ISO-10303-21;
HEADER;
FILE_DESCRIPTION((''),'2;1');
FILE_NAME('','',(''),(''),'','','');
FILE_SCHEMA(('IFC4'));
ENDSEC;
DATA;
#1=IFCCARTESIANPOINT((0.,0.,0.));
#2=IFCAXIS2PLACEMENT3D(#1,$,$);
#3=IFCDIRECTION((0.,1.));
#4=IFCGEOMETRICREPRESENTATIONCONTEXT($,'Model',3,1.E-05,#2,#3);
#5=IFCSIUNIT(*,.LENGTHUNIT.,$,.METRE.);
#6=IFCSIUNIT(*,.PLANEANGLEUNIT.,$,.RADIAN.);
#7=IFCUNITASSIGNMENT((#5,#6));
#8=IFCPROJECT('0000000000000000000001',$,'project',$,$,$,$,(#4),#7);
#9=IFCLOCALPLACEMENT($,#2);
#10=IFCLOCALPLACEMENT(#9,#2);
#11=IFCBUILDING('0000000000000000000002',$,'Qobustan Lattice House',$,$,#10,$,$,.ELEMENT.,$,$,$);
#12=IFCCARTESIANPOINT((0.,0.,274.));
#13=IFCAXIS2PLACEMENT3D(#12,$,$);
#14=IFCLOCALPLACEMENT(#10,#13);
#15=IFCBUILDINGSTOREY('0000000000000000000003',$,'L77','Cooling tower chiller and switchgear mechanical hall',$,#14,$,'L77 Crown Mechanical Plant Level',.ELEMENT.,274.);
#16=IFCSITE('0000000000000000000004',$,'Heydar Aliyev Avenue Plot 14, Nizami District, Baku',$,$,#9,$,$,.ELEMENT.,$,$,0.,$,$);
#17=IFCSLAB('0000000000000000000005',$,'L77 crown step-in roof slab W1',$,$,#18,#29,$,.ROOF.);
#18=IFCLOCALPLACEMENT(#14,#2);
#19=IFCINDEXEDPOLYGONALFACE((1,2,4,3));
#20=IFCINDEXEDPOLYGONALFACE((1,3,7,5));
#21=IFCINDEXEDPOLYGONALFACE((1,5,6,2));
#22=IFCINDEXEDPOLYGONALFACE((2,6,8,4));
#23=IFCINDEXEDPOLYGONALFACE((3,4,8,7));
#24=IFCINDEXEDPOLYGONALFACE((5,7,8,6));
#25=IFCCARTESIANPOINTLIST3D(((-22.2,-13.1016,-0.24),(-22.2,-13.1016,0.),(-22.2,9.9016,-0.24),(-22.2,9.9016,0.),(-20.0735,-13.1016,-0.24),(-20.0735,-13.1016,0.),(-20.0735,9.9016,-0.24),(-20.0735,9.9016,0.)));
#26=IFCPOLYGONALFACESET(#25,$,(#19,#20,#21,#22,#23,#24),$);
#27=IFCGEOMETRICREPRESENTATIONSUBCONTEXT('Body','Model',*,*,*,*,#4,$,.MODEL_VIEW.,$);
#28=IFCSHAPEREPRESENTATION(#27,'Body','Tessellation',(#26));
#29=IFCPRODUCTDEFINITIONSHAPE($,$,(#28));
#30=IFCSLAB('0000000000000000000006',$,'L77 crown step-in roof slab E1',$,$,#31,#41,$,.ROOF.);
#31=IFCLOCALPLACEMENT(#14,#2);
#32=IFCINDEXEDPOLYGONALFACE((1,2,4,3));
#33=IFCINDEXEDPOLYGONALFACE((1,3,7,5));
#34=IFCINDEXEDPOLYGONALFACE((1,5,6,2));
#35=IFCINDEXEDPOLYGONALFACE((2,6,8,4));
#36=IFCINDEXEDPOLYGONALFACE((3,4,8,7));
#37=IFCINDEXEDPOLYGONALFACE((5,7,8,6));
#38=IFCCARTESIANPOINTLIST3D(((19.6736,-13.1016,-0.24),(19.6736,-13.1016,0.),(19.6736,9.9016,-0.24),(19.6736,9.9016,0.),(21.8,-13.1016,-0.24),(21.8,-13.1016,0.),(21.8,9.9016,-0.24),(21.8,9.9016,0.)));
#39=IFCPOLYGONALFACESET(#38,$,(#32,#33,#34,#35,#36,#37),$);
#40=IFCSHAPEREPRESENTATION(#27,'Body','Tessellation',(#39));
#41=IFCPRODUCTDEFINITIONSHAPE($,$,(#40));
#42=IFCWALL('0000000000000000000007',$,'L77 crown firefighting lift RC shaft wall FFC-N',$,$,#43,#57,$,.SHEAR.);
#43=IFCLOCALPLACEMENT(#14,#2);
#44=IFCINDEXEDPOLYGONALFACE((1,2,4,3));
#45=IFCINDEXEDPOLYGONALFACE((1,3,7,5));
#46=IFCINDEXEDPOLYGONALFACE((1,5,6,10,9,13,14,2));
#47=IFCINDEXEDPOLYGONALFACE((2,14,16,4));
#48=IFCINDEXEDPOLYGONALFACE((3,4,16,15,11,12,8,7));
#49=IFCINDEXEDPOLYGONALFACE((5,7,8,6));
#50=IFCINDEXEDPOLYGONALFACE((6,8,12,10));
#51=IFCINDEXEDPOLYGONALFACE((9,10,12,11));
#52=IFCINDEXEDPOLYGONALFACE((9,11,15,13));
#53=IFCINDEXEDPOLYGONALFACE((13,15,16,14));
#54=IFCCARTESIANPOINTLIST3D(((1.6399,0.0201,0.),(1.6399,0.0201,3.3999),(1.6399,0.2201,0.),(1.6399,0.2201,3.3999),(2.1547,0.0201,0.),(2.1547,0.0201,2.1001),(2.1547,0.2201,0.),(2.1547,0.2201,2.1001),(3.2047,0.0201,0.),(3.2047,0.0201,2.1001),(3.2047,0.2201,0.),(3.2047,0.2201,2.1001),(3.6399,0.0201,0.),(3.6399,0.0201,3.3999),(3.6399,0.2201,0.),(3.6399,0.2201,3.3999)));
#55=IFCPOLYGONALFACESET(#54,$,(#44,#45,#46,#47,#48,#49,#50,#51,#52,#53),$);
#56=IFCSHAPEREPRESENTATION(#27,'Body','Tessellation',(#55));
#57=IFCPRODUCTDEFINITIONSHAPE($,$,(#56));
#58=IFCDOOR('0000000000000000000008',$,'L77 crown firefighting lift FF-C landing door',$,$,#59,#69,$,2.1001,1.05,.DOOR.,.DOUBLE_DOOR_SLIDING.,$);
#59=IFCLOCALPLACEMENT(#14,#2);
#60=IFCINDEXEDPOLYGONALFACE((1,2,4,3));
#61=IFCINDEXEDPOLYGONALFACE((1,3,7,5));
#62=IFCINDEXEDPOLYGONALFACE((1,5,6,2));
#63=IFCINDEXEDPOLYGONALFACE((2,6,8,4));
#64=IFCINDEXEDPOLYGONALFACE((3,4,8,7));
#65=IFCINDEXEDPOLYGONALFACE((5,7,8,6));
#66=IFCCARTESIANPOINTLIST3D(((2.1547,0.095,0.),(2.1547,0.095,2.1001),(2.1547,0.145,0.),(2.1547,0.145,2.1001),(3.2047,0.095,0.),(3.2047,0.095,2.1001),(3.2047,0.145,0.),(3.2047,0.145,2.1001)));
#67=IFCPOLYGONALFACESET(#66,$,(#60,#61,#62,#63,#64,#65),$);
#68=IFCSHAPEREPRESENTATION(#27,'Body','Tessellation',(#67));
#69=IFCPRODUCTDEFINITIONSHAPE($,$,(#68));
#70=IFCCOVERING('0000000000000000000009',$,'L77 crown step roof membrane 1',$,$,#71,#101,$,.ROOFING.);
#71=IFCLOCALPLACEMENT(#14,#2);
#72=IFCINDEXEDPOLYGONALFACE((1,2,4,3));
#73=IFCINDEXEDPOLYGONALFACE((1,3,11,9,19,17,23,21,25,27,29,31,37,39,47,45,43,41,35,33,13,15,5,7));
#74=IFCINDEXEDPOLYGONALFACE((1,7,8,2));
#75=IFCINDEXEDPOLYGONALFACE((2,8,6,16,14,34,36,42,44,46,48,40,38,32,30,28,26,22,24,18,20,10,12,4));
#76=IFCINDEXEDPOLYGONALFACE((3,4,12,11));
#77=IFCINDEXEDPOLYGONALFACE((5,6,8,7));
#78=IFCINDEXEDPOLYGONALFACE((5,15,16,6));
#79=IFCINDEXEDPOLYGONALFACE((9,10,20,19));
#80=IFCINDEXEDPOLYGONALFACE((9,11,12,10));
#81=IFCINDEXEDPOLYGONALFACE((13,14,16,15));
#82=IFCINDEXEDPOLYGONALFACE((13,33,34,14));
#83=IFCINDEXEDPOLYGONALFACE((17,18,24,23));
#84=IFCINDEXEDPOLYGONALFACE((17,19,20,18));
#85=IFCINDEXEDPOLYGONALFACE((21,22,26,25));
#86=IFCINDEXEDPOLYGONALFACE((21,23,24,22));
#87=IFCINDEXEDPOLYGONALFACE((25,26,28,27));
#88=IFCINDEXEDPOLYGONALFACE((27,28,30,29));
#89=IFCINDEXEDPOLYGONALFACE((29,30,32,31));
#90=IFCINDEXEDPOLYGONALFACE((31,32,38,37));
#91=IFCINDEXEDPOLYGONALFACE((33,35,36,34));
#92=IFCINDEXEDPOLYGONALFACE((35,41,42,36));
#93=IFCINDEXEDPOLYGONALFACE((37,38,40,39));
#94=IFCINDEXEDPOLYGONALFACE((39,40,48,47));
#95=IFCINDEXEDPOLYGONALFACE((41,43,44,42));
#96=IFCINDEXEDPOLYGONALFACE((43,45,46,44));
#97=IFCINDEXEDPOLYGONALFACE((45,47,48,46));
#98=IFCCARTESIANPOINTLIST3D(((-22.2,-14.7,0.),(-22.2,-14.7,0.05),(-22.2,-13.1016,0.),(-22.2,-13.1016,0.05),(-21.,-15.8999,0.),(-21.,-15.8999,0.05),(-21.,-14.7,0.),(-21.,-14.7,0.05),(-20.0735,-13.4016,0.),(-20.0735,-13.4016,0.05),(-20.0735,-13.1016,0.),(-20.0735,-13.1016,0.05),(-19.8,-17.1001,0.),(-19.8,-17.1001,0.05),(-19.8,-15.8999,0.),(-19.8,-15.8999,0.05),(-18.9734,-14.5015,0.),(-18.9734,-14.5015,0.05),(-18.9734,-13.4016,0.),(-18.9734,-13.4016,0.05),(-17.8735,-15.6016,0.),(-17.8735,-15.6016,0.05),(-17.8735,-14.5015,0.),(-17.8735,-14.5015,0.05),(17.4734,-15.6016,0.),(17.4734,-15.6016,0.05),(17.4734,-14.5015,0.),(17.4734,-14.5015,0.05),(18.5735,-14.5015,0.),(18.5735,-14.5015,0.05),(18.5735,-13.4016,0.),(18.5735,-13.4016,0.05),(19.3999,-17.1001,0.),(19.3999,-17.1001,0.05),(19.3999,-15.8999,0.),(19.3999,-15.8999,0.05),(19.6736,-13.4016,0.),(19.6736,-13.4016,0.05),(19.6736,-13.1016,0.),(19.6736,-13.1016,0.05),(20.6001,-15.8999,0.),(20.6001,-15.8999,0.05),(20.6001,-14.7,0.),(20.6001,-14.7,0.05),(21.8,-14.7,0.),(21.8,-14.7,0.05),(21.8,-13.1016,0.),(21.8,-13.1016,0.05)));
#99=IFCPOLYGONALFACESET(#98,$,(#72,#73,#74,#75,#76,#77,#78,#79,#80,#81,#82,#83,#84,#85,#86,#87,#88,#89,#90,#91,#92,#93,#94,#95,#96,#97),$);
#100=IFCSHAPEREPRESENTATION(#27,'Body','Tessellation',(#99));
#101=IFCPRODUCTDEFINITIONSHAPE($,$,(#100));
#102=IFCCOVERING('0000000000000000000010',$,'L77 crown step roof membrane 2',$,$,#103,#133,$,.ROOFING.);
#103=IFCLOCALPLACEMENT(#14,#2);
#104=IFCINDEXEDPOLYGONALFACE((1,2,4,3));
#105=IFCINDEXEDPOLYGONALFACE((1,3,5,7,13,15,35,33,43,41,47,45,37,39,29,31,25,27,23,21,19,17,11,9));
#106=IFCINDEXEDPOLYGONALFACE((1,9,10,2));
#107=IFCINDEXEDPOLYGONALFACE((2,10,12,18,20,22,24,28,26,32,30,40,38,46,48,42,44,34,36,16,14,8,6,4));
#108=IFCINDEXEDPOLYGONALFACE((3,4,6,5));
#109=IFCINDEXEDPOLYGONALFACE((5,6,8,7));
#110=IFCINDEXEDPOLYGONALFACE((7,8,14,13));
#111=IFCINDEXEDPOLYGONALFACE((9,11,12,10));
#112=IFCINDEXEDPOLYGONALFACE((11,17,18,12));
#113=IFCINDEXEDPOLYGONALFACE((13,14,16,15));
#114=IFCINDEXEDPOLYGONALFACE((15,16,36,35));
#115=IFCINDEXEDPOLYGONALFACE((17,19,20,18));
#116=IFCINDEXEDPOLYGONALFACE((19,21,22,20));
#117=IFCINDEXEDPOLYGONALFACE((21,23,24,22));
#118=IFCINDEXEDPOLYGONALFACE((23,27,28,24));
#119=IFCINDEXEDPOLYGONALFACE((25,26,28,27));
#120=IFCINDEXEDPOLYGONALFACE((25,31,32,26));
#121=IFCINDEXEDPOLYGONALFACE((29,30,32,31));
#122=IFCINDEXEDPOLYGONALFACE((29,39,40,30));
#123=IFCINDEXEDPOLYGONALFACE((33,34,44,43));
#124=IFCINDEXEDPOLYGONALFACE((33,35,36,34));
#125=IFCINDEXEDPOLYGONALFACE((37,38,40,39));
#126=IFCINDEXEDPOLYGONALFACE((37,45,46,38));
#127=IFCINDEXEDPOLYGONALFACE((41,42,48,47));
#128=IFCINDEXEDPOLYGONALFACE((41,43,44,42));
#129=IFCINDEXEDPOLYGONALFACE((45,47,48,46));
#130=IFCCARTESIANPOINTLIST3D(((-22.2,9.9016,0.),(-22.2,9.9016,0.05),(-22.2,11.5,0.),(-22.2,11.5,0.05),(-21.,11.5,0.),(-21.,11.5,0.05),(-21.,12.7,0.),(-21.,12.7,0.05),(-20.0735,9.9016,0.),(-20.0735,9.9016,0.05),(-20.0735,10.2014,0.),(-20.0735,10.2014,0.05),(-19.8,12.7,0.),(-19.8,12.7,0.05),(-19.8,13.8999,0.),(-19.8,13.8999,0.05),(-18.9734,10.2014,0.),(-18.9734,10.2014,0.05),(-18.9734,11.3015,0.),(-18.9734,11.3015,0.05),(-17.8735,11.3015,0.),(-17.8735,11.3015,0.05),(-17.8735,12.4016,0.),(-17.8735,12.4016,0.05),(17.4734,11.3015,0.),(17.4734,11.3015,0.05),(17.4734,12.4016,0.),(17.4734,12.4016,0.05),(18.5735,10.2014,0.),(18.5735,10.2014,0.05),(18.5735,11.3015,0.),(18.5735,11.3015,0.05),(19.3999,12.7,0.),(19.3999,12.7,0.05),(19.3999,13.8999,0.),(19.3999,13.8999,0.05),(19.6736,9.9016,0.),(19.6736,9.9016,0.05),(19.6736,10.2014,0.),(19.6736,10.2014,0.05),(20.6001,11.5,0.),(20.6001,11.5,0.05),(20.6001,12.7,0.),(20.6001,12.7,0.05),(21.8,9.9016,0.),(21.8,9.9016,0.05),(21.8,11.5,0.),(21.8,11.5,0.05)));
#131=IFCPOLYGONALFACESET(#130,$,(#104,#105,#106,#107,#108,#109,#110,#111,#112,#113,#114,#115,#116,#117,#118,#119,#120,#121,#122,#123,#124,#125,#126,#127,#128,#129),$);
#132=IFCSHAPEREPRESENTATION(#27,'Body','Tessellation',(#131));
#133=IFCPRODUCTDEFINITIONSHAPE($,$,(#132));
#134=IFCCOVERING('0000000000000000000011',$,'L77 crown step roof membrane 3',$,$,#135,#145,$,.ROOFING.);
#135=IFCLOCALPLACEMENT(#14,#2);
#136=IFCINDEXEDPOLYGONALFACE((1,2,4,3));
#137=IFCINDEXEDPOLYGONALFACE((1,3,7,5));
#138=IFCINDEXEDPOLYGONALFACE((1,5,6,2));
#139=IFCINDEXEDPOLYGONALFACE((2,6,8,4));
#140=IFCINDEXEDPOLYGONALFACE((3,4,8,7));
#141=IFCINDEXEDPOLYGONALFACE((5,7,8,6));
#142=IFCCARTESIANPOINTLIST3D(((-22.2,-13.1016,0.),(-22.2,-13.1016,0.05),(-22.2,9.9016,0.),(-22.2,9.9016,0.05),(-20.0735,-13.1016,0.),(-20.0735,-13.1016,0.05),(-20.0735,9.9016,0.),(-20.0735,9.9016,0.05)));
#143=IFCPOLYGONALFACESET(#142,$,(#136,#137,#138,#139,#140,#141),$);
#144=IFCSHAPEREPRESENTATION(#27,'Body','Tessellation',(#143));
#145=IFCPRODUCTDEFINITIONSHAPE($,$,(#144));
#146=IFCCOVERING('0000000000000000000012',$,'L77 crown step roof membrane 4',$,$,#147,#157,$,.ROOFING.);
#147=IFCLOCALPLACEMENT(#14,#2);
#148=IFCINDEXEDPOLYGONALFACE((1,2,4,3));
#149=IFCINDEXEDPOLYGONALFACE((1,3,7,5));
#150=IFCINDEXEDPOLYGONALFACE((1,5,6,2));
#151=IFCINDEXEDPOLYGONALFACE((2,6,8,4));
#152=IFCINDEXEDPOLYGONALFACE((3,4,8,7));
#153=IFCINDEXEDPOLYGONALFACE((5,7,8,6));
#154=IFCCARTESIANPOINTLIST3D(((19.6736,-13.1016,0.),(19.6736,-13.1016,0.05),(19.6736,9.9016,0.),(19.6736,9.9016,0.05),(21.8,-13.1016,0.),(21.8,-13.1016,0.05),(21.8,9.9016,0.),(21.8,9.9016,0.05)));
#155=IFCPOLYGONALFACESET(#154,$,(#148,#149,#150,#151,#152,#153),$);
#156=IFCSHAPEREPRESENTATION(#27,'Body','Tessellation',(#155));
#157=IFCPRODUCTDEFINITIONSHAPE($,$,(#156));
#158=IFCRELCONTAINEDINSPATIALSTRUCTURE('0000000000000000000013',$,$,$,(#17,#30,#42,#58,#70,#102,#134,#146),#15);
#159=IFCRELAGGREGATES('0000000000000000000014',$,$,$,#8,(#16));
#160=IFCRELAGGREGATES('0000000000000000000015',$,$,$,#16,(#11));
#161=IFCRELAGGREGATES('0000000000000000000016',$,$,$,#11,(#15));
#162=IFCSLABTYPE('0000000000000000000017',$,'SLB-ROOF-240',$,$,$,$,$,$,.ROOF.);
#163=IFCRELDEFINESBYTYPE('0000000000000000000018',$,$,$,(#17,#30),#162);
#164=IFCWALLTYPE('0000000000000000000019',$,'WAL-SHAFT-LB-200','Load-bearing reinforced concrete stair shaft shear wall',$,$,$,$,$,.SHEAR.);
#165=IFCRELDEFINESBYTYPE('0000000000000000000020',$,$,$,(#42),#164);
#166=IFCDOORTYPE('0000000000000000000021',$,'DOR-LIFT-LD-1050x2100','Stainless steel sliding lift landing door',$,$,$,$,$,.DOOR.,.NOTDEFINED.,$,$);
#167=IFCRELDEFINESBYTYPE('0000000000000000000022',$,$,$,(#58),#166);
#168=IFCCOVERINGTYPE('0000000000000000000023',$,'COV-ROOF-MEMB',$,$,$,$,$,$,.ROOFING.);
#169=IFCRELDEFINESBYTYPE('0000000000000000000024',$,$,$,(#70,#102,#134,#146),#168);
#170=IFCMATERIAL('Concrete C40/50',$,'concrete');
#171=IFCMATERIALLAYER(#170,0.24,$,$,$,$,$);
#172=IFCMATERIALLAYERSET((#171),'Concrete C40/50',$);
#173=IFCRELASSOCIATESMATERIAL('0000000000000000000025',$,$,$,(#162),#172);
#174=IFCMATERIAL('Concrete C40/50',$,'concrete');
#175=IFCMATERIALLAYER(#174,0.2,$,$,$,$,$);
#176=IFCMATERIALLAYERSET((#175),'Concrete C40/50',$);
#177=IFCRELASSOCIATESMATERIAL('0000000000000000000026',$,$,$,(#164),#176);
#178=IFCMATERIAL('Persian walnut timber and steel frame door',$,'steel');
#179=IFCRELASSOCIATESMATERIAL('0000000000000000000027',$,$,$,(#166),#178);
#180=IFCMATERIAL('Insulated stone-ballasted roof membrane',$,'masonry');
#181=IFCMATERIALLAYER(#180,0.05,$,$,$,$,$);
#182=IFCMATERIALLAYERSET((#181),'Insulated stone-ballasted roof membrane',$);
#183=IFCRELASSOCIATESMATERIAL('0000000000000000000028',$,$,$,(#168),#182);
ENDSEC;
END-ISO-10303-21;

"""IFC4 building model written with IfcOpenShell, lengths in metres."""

from ifc_helpers import new_model, si_unit, direction, frame, frame_2d, origin, place, context, subcontext, project, spatial, polyline, rectangle, outline, extrude, material, layer, layer_set, type_object, element, fill, save


model = new_model("IFC4")

# Units and contexts
model_context = context("Model", 3, precision=1e-05, world=origin(), true_north=direction((0.0, 1.0)))
body_context = subcontext(model_context, "Body", "Model", "MODEL_VIEW")
ifc_project = project(units=[si_unit("LENGTHUNIT", "METRE"), si_unit("PLANEANGLEUNIT", "RADIAN")], contexts=[model_context])

# Site, building, storey
site_placement = place(None, origin())
site = spatial("IfcSite", under=ifc_project, at=site_placement, Name="Heydar Aliyev Avenue Plot 14, Nizami District, Baku", CompositionType="ELEMENT", RefElevation=0.0)
building_placement = place(site_placement, origin())
building = spatial("IfcBuilding", under=site, at=building_placement, Name="Qobustan Lattice House", CompositionType="ELEMENT")
storey_placement = place(building_placement, frame((0.0, 0.0, 274.0)))
storey = spatial("IfcBuildingStorey", under=building, at=storey_placement, Name="L77", Description="Cooling tower chiller and switchgear mechanical hall", LongName="L77 Crown Mechanical Plant Level", CompositionType="ELEMENT", Elevation=274.0)

# Slabs
ifc_material_1 = material(Name="Concrete C40/50", Category="concrete")
ifc_layer_1 = layer(ifc_material_1, 0.24)
ifc_layer_set_1 = layer_set([ifc_layer_1], Name="Concrete C40/50")
slab_type_1 = type_object("IfcSlabType", Name="SLB-ROOF-240", PredefinedType="ROOF", material=ifc_layer_set_1)
slab_1_placement = place(storey_placement, frame((0.0, 0.0, -0.24)))
element("IfcSlab", 1, at=slab_1_placement, inside=storey, type_object=slab_type_1, Name="L77 crown step-in roof slab W1", PredefinedType="ROOF", context=body_context, shape_type="SweptSolid", body=[
    extrude(outline(polyline([(-22.2, -13.1016), (-20.0735, -13.1016), (-20.0735, 9.9016), (-22.2, 9.9016), (-22.2, -13.1016)])), origin(), (0.0, 0.0, 1.0), 0.24),
])
slab_2_placement = place(storey_placement, frame((0.0, 0.0, -0.24)))
element("IfcSlab", 2, at=slab_2_placement, inside=storey, type_object=slab_type_1, Name="L77 crown step-in roof slab E1", PredefinedType="ROOF", context=body_context, shape_type="SweptSolid", body=[
    extrude(outline(polyline([(21.8, 9.9016), (19.6736, 9.9016), (19.6736, -13.1016), (21.8, -13.1016), (21.8, 9.9016)])), origin(), (0.0, 0.0, 1.0), 0.24),
])

# Wall, opening, door
ifc_material_2 = material(Name="Concrete C40/50", Category="concrete")
ifc_layer_2 = layer(ifc_material_2, 0.2)
ifc_layer_set_2 = layer_set([ifc_layer_2], Name="Concrete C40/50")
wall_type = type_object("IfcWallType", Name="WAL-SHAFT-LB-200", Description="Load-bearing reinforced concrete stair shaft shear wall", PredefinedType="SHEAR", material=ifc_layer_set_2)
wall_placement = place(storey_placement, frame((1.6399, 0.1201, 0.0), z_axis=(0.0, 0.0, 1.0), x_axis=(1.0, 0.0, 0.0)))
wall = element("IfcWall", 3, at=wall_placement, inside=storey, type_object=wall_type, Name="L77 crown firefighting lift RC shaft wall FFC-N", PredefinedType="SHEAR", context=body_context, shape_type="SweptSolid", body=[
    extrude(rectangle(XDim=2.0, YDim=0.2, at=frame_2d((1.0, 0.0))), origin(), (0.0, 0.0, 1.0), 3.3999),
])
opening_placement = place(wall_placement, frame((0.5149, 0.0, 0.0)))
opening = element("IfcOpeningElement", 4, at=opening_placement, cuts=wall, PredefinedType="OPENING", context=body_context, shape_type="SweptSolid", body=[
    extrude(rectangle(XDim=1.05, YDim=2.1001, at=frame_2d((0.5249, 1.05))), frame((0.0, 0.1099, 0.0), z_axis=(0.0, -1.0, 0.0), x_axis=(1.0, 0.0, 0.0)), (0.0, 0.0, 1.0), 0.22),
])
ifc_material_3 = material(Name="Persian walnut timber and steel frame door", Category="steel")
door_type = type_object("IfcDoorType", Name="DOR-LIFT-LD-1050x2100", Description="Stainless steel sliding lift landing door", OperationType="NOTDEFINED", PredefinedType="DOOR", material=ifc_material_3)
door_placement = place(opening_placement, origin())
door = element("IfcDoor", 5, at=door_placement, inside=storey, type_object=door_type, Name="L77 crown firefighting lift FF-C landing door", OperationType="DOUBLE_DOOR_SLIDING", OverallHeight=2.1001, OverallWidth=1.05, PredefinedType="DOOR", context=body_context, shape_type="SweptSolid", body=[
    extrude(rectangle(XDim=1.05, YDim=2.1001, at=frame_2d((0.5249, 1.05))), frame((0.0, 0.0249, 0.0), z_axis=(0.0, -1.0, 0.0), x_axis=(1.0, 0.0, 0.0)), (0.0, 0.0, 1.0), 0.05),
])
fill(opening, door)

# Coverings
ifc_material_4 = material(Name="Insulated stone-ballasted roof membrane", Category="masonry")
ifc_layer_3 = layer(ifc_material_4, 0.05)
ifc_layer_set_3 = layer_set([ifc_layer_3], Name="Insulated stone-ballasted roof membrane")
covering_type = type_object("IfcCoveringType", Name="COV-ROOF-MEMB", PredefinedType="ROOFING", material=ifc_layer_set_3)
covering_1_placement = place(storey_placement, origin())
element("IfcCovering", 6, at=covering_1_placement, inside=storey, type_object=covering_type, Name="L77 crown step roof membrane 1", PredefinedType="ROOFING", context=body_context, shape_type="SweptSolid", body=[
    extrude(outline(polyline([(-19.8, -15.8999), (-19.8, -17.1001), (19.3999, -17.1001), (19.3999, -15.8999), (20.6001, -15.8999), (20.6001, -14.7), (21.8, -14.7), (21.8, -13.1016), (19.6736, -13.1016), (19.6736, -13.4016), (18.5735, -13.4016), (18.5735, -14.5015), (17.4734, -14.5015), (17.4734, -15.6016), (-17.8735, -15.6016), (-17.8735, -14.5015), (-18.9734, -14.5015), (-18.9734, -13.4016), (-20.0735, -13.4016), (-20.0735, -13.1016), (-22.2, -13.1016), (-22.2, -14.7), (-21.0, -14.7), (-21.0, -15.8999), (-19.8, -15.8999)])), origin(), (0.0, 0.0, 1.0), 0.05),
])
covering_2_placement = place(storey_placement, origin())
element("IfcCovering", 7, at=covering_2_placement, inside=storey, type_object=covering_type, Name="L77 crown step roof membrane 2", PredefinedType="ROOFING", context=body_context, shape_type="SweptSolid", body=[
    extrude(outline(polyline([(-22.2, 9.9016), (-20.0735, 9.9016), (-20.0735, 10.2014), (-18.9734, 10.2014), (-18.9734, 11.3015), (-17.8735, 11.3015), (-17.8735, 12.4016), (17.4734, 12.4016), (17.4734, 11.3015), (18.5735, 11.3015), (18.5735, 10.2014), (19.6736, 10.2014), (19.6736, 9.9016), (21.8, 9.9016), (21.8, 11.5), (20.6001, 11.5), (20.6001, 12.7), (19.3999, 12.7), (19.3999, 13.8999), (-19.8, 13.8999), (-19.8, 12.7), (-21.0, 12.7), (-21.0, 11.5), (-22.2, 11.5), (-22.2, 9.9016)])), origin(), (0.0, 0.0, 1.0), 0.05),
])
covering_3_placement = place(storey_placement, origin())
element("IfcCovering", 8, at=covering_3_placement, inside=storey, type_object=covering_type, Name="L77 crown step roof membrane 3", PredefinedType="ROOFING", context=body_context, shape_type="SweptSolid", body=[
    extrude(outline(polyline([(-22.2, -13.1016), (-20.0735, -13.1016), (-20.0735, 9.9016), (-22.2, 9.9016), (-22.2, -13.1016)])), origin(), (0.0, 0.0, 1.0), 0.05),
])
covering_4_placement = place(storey_placement, origin())
element("IfcCovering", 9, at=covering_4_placement, inside=storey, type_object=covering_type, Name="L77 crown step roof membrane 4", PredefinedType="ROOFING", context=body_context, shape_type="SweptSolid", body=[
    extrude(outline(polyline([(21.8, 9.9016), (19.6736, 9.9016), (19.6736, -13.1016), (21.8, -13.1016), (21.8, 9.9016)])), origin(), (0.0, 0.0, 1.0), 0.05),
])

save(model, "model.ifc")
